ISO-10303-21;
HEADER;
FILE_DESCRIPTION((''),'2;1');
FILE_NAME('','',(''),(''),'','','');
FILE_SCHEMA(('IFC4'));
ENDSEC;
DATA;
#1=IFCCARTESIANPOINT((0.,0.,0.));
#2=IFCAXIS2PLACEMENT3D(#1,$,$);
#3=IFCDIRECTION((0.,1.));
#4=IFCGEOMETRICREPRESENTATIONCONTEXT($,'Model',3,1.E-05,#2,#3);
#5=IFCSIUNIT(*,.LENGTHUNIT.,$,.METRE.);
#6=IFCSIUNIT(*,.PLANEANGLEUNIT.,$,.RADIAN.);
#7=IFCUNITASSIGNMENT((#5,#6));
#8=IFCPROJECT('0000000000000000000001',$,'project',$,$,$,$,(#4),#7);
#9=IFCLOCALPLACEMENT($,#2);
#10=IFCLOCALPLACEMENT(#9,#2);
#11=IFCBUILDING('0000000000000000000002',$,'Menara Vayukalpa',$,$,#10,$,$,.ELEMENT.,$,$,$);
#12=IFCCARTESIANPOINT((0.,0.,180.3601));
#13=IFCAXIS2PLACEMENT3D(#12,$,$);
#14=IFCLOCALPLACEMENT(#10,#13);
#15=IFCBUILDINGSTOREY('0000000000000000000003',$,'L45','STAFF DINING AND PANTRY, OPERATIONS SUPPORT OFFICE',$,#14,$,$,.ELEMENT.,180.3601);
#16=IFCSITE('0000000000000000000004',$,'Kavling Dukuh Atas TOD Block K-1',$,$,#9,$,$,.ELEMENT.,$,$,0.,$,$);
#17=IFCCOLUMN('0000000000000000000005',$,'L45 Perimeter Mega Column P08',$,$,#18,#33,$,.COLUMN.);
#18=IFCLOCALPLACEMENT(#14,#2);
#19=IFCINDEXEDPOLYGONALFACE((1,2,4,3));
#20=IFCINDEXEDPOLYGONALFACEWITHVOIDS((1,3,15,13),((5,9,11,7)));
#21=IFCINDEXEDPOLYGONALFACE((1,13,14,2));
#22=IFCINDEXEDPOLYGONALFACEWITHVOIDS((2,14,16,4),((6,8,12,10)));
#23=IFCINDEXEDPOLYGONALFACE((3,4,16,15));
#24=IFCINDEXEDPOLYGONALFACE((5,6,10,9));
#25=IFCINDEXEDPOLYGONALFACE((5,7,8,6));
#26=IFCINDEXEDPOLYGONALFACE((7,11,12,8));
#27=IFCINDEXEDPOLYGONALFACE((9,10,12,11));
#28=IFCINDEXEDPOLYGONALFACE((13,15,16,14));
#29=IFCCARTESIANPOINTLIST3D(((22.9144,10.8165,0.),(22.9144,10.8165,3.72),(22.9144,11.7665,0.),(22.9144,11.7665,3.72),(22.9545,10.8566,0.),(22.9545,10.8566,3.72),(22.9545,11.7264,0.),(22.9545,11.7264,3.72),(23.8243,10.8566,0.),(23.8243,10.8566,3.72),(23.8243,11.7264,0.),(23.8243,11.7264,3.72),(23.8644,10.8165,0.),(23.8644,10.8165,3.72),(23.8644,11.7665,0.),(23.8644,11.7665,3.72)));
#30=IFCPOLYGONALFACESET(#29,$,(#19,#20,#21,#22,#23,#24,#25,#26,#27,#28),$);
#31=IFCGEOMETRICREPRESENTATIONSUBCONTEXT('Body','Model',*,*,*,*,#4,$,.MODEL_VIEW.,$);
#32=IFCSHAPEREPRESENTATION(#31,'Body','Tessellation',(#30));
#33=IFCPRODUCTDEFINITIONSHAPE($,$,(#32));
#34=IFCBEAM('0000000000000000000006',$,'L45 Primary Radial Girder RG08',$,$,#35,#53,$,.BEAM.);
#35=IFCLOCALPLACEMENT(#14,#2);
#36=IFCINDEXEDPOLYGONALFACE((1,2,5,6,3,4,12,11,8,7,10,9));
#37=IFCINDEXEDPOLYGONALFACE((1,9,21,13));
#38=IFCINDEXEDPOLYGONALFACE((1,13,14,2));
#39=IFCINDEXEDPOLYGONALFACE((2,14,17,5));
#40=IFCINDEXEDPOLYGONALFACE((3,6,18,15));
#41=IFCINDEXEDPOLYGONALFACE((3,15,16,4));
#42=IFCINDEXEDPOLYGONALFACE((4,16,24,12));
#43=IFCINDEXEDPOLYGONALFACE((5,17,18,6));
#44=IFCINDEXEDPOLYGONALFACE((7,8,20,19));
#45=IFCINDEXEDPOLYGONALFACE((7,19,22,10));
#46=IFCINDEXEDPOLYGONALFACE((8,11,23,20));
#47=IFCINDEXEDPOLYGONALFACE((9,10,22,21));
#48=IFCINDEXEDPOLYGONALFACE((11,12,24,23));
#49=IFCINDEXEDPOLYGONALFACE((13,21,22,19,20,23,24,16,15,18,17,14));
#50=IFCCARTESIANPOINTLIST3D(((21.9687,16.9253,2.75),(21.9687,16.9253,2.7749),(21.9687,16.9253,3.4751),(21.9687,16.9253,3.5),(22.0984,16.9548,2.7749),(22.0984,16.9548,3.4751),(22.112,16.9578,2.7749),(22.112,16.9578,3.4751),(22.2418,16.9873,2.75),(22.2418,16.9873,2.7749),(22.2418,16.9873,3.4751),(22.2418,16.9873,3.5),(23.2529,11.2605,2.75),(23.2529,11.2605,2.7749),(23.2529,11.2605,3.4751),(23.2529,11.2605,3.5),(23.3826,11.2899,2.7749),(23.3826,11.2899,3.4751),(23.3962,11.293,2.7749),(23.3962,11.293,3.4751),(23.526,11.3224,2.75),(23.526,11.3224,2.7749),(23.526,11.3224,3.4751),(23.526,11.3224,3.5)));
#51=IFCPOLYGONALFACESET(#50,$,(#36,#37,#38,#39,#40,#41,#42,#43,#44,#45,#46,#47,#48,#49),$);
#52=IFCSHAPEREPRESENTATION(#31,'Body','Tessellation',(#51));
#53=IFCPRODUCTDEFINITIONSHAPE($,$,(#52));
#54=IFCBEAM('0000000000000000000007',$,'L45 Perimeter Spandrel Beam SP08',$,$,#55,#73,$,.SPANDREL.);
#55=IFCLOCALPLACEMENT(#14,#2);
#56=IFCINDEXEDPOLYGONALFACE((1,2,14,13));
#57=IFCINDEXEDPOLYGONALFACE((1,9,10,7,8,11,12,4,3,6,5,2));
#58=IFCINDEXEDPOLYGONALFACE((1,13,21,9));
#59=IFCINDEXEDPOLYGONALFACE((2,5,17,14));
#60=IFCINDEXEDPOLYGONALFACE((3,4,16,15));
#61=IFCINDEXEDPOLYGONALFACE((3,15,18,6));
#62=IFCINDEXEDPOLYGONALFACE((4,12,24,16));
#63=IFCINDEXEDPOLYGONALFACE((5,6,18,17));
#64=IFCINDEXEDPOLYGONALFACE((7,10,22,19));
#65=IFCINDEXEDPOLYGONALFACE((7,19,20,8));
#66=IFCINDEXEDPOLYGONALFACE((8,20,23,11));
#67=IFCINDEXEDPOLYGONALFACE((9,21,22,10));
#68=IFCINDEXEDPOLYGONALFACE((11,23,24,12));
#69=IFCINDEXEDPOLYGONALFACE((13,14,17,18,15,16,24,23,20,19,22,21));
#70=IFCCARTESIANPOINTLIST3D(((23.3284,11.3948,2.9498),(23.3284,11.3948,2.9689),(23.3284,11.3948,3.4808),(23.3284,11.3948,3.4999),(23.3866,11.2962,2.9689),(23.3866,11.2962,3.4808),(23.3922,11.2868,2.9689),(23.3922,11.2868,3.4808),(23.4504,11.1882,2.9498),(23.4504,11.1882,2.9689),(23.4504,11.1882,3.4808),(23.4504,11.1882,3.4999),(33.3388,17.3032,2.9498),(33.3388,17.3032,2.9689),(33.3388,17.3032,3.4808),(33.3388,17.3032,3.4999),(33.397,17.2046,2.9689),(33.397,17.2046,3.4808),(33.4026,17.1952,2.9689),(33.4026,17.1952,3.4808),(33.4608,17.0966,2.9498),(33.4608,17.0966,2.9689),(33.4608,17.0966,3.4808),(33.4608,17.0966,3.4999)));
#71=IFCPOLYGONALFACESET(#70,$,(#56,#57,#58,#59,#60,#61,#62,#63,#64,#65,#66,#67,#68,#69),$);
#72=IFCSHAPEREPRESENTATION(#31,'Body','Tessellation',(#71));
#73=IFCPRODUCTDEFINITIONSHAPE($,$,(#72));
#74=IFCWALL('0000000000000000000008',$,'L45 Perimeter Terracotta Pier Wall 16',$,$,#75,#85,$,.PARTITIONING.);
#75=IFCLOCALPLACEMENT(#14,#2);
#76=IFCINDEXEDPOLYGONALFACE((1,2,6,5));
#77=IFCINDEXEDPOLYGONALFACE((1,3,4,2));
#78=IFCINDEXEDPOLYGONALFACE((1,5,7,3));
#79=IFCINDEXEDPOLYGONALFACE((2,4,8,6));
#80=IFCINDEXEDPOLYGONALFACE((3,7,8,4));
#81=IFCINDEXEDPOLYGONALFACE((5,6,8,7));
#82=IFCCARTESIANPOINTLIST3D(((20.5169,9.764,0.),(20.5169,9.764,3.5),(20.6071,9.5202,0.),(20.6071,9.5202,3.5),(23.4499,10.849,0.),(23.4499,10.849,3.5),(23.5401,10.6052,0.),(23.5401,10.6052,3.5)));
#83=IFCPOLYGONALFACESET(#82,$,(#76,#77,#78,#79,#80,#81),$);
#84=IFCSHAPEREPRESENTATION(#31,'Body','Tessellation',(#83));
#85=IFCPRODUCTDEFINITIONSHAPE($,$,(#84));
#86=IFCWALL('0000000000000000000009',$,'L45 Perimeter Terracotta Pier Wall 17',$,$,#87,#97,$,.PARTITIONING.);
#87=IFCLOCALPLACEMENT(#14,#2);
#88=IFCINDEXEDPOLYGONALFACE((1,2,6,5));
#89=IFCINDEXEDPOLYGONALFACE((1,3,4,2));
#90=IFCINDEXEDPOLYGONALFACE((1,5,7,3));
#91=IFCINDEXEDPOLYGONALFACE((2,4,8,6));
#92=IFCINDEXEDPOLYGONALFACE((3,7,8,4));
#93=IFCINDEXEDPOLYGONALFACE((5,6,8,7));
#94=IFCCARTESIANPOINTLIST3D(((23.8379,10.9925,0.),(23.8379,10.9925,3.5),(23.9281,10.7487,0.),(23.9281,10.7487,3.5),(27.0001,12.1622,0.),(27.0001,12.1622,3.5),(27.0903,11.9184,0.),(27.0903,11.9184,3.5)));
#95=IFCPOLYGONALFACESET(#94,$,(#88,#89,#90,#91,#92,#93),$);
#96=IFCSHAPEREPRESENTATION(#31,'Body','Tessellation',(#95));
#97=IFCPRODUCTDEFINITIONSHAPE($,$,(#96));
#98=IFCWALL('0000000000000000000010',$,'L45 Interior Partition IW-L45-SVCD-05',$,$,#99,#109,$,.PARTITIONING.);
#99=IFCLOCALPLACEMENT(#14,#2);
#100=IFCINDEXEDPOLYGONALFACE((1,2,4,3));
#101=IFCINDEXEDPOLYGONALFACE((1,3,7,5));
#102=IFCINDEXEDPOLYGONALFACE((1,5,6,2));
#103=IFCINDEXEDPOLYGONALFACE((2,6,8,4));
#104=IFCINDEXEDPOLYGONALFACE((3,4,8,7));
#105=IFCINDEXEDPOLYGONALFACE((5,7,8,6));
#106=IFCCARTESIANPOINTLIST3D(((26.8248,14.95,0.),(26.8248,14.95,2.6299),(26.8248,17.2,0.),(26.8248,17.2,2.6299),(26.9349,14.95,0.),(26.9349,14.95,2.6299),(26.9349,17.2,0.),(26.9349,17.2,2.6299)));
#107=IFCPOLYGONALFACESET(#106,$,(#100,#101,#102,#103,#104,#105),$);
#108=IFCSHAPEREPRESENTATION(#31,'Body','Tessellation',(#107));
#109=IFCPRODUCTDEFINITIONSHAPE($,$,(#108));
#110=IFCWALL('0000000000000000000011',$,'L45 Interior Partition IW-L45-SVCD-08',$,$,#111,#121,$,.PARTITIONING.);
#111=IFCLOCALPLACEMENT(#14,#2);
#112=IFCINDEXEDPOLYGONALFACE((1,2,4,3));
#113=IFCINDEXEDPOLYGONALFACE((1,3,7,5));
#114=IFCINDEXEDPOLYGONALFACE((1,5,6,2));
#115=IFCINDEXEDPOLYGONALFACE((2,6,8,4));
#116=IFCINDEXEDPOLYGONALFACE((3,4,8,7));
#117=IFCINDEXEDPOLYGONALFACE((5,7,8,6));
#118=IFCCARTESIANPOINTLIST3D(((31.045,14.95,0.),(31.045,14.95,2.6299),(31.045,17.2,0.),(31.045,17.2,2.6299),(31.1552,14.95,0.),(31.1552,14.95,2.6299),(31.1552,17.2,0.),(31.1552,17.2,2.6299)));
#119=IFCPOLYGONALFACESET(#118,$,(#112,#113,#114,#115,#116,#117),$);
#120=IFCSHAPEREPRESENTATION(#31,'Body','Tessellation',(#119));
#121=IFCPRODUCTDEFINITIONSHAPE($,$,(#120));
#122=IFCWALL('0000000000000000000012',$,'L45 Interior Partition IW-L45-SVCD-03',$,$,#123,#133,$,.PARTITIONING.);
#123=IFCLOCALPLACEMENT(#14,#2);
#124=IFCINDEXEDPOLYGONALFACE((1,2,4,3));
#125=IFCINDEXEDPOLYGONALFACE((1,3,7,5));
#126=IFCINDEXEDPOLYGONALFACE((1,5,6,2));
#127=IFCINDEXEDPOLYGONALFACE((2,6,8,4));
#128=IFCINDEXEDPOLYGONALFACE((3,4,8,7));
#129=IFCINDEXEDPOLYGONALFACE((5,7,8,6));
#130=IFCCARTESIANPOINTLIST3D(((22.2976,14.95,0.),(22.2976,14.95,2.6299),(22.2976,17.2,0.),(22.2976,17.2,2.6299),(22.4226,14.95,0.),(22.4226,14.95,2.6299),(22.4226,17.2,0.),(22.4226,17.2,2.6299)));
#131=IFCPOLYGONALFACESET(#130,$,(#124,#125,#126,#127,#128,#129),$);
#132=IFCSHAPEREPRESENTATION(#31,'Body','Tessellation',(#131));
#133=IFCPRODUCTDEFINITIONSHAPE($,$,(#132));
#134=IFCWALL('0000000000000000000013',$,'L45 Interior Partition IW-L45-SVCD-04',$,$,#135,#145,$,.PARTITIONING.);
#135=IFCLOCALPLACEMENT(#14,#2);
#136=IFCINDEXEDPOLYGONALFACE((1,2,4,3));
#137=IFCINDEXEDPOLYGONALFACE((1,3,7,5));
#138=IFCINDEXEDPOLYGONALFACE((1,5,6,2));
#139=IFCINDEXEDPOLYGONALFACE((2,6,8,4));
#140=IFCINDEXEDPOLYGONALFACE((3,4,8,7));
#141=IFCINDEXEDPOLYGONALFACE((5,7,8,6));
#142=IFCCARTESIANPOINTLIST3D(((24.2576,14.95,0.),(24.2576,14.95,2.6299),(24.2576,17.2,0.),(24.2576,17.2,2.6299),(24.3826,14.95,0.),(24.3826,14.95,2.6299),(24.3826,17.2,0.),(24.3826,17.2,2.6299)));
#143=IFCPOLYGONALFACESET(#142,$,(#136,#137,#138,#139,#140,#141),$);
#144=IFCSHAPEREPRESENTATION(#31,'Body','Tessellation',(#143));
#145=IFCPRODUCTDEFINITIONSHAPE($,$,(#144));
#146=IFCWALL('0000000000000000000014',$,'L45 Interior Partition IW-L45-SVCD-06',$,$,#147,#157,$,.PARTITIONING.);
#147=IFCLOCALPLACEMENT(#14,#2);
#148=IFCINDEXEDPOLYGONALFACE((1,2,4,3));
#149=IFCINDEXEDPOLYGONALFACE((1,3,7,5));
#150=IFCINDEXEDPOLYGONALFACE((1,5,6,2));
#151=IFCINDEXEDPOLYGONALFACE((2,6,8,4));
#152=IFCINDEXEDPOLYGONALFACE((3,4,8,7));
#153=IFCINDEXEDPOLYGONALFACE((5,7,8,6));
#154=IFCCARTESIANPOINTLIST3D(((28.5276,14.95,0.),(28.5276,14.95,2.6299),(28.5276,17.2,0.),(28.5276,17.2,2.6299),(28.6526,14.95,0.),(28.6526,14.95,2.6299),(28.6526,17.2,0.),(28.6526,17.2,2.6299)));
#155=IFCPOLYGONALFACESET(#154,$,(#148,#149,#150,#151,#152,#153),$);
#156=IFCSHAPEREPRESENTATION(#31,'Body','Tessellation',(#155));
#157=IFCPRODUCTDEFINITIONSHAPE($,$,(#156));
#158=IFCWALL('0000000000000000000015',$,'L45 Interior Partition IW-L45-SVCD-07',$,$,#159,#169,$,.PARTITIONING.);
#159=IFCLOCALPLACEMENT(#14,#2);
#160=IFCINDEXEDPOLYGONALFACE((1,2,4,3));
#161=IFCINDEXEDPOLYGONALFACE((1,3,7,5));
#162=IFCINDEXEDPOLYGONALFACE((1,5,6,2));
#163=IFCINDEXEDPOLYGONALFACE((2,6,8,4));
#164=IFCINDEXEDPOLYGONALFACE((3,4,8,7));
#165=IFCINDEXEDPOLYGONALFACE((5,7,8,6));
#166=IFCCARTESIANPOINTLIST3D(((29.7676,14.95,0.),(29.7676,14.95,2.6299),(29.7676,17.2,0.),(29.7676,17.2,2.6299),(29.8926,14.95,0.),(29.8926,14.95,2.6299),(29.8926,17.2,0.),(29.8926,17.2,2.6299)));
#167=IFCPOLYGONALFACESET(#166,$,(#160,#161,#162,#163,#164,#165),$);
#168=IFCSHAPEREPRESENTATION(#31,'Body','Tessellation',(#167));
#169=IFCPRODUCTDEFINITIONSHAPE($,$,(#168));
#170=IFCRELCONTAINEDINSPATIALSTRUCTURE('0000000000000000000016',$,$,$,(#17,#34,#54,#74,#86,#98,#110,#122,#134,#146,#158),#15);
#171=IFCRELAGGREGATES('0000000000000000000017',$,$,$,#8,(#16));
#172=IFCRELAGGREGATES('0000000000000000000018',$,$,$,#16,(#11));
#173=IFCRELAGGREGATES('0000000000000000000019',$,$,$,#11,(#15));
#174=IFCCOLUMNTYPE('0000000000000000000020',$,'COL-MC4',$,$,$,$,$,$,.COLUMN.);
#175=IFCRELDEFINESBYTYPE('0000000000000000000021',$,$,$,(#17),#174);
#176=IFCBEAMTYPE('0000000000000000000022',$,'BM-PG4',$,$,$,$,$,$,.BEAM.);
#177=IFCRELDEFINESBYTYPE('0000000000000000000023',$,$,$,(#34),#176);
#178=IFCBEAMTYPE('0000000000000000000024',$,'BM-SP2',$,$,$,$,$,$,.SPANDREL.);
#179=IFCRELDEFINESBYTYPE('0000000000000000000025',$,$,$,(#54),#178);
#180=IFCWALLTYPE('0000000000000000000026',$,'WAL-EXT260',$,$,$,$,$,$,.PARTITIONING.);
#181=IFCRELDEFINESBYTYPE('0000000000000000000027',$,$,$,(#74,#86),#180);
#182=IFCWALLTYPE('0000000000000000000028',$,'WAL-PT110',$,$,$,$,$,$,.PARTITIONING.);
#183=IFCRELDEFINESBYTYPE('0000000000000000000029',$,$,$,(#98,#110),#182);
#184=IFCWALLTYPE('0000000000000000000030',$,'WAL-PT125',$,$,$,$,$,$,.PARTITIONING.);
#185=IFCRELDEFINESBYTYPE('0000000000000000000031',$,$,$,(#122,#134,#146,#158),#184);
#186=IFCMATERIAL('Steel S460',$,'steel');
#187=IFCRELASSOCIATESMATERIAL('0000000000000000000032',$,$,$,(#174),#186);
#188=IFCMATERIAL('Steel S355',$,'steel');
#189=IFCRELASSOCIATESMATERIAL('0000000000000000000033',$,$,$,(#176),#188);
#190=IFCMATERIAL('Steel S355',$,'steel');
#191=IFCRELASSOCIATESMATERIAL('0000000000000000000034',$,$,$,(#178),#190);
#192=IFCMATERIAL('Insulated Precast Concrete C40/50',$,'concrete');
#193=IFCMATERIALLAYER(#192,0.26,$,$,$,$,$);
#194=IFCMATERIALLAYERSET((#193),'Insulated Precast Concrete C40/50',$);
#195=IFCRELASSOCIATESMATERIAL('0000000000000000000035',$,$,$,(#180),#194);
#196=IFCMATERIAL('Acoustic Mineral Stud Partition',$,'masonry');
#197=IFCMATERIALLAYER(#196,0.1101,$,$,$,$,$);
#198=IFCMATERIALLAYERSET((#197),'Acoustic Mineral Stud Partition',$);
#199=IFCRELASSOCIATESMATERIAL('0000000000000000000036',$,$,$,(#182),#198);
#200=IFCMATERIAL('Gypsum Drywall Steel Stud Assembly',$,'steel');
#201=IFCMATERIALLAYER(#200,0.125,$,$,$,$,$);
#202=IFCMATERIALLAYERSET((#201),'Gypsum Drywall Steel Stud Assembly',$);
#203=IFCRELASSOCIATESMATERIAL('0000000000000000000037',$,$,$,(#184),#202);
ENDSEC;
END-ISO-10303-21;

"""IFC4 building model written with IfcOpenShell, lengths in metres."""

from ifc_helpers import new_model, si_unit, direction, frame, frame_2d, origin, origin_2d, place, context, subcontext, project, spatial, rectangle, hollow_rectangle, i_section, extrude, material, layer, layer_set, material_profile, profile_set, type_object, element, save


model = new_model("IFC4")

# Units and contexts
model_context = context("Model", 3, precision=1e-05, world=origin(), true_north=direction((0.0, 1.0)))
body_context = subcontext(model_context, "Body", "Model", "MODEL_VIEW")
ifc_project = project(units=[si_unit("LENGTHUNIT", "METRE"), si_unit("PLANEANGLEUNIT", "RADIAN")], contexts=[model_context])

# Site, building, storey
site_placement = place(None, origin())
site = spatial("IfcSite", under=ifc_project, at=site_placement, Name="Kavling Dukuh Atas TOD Block K-1", CompositionType="ELEMENT", RefElevation=0.0)
building_placement = place(site_placement, origin())
building = spatial("IfcBuilding", under=site, at=building_placement, Name="Menara Vayukalpa", CompositionType="ELEMENT")
storey_placement = place(building_placement, frame((0.0, 0.0, 180.3601)))
storey = spatial("IfcBuildingStorey", under=building, at=storey_placement, Name="L45", Description="STAFF DINING AND PANTRY, OPERATIONS SUPPORT OFFICE", CompositionType="ELEMENT", Elevation=180.3601)

# Column
ifc_material_1 = material(Name="Steel S460", Category="steel")
ifc_material_profile_1 = material_profile(ifc_material_1, hollow_rectangle(XDim=0.95, YDim=0.95, WallThickness=0.04, at=origin_2d()), Name="BOX 950x950x40")
ifc_profile_set_1 = profile_set([ifc_material_profile_1], Name="Steel S460")
column_type = type_object("IfcColumnType", Name="COL-MC4", PredefinedType="COLUMN", material=ifc_profile_set_1)
column_placement = place(storey_placement, frame((23.3894, 11.2915, 0.0), z_axis=(0.0, 0.0, 1.0), x_axis=(1.0, 0.0, 0.0)))
element("IfcColumn", 1, at=column_placement, inside=storey, type_object=column_type, Name="L45 Perimeter Mega Column P08", PredefinedType="COLUMN", context=body_context, shape_type="SweptSolid", body=[
    extrude(hollow_rectangle(XDim=0.95, YDim=0.95, WallThickness=0.04, at=origin_2d()), origin(), (0.0, 0.0, 1.0), 3.72),
])

# Beams
ifc_material_2 = material(Name="Steel S355", Category="steel")
ifc_material_profile_2 = material_profile(ifc_material_2, i_section(OverallWidth=0.28, OverallDepth=0.75, WebThickness=0.0139, FlangeThickness=0.0249, at=origin_2d()), Name="WF 750x280x14x25")
ifc_profile_set_2 = profile_set([ifc_material_profile_2], Name="Steel S355")
beam_type_1 = type_object("IfcBeamType", Name="BM-PG4", PredefinedType="BEAM", material=ifc_profile_set_2)
beam_1_placement = place(storey_placement, frame((22.1052, 16.9563, 3.125), z_axis=(0.221085, -0.975255, 0.0), x_axis=(0.975255, 0.221085, 0.0)))
element("IfcBeam", 2, at=beam_1_placement, inside=storey, type_object=beam_type_1, Name="L45 Primary Radial Girder RG08", PredefinedType="BEAM", context=body_context, shape_type="SweptSolid", body=[
    extrude(i_section(OverallWidth=0.28, OverallDepth=0.75, WebThickness=0.0139, FlangeThickness=0.0249, at=origin_2d()), origin(), (0.0, 0.0, 1.0), 5.8086),
])
ifc_material_3 = material(Name="Steel S355", Category="steel")
ifc_material_profile_3 = material_profile(ifc_material_3, i_section(OverallWidth=0.24, OverallDepth=0.55, WebThickness=0.011, FlangeThickness=0.019, at=origin_2d()), Name="WF 550x240x11x19")
ifc_profile_set_3 = profile_set([ifc_material_profile_3], Name="Steel S355")
beam_type_2 = type_object("IfcBeamType", Name="BM-SP2", PredefinedType="SPANDREL", material=ifc_profile_set_3)
beam_2_placement = place(storey_placement, frame((23.3894, 11.2915, 3.2249), z_axis=(0.861184, 0.508293, 0.0), x_axis=(-0.508293, 0.861184, 0.0)))
element("IfcBeam", 3, at=beam_2_placement, inside=storey, type_object=beam_type_2, Name="L45 Perimeter Spandrel Beam SP08", PredefinedType="SPANDREL", context=body_context, shape_type="SweptSolid", body=[
    extrude(i_section(OverallWidth=0.24, OverallDepth=0.55, WebThickness=0.011, FlangeThickness=0.019, at=origin_2d()), origin(), (0.0, 0.0, 1.0), 11.624),
])

# Walls
ifc_material_4 = material(Name="Insulated Precast Concrete C40/50", Category="concrete")
ifc_layer_1 = layer(ifc_material_4, 0.26)
ifc_layer_set_1 = layer_set([ifc_layer_1], Name="Insulated Precast Concrete C40/50")
wall_type_1 = type_object("IfcWallType", Name="WAL-EXT260", PredefinedType="PARTITIONING", material=ifc_layer_set_1)
wall_1_placement = place(storey_placement, frame((23.4949, 10.7271, 0.0), z_axis=(0.0, 0.0, 1.0), x_axis=(-0.937882, -0.346953, 0.0)))
element("IfcWall", 4, at=wall_1_placement, inside=storey, type_object=wall_type_1, Name="L45 Perimeter Terracotta Pier Wall 16", PredefinedType="PARTITIONING", context=body_context, shape_type="SweptSolid", body=[
    extrude(rectangle(XDim=3.1272, YDim=0.26, at=frame_2d((1.5635, 0.0))), origin(), (0.0, 0.0, 1.0), 3.5),
])
wall_2_placement = place(storey_placement, frame((27.0452, 12.0403, 0.0), z_axis=(0.0, 0.0, 1.0), x_axis=(-0.937891, -0.34693, 0.0)))
element("IfcWall", 5, at=wall_2_placement, inside=storey, type_object=wall_type_1, Name="L45 Perimeter Terracotta Pier Wall 17", PredefinedType="PARTITIONING", context=body_context, shape_type="SweptSolid", body=[
    extrude(rectangle(XDim=3.3716, YDim=0.26, at=frame_2d((1.6858, 0.0))), origin(), (0.0, 0.0, 1.0), 3.5),
])
ifc_material_5 = material(Name="Acoustic Mineral Stud Partition", Category="masonry")
ifc_layer_2 = layer(ifc_material_5, 0.1101)
ifc_layer_set_2 = layer_set([ifc_layer_2], Name="Acoustic Mineral Stud Partition")
wall_type_2 = type_object("IfcWallType", Name="WAL-PT110", PredefinedType="PARTITIONING", material=ifc_layer_set_2)
for number, where, z_axis, x_axis, name in (
    (6, (26.8799, 14.95, 0.0), (0.0, 0.0, 1.0), (0.0, 1.0, 0.0), "L45 Interior Partition IW-L45-SVCD-05"),
    (7, (31.1001, 14.95, 0.0), (0.0, 0.0, 1.0), (0.0, 1.0, 0.0), "L45 Interior Partition IW-L45-SVCD-08"),
):
    element("IfcWall", number, at=place(storey_placement, frame(where, z_axis=z_axis, x_axis=x_axis)), inside=storey, type_object=wall_type_2, Name=name, PredefinedType="PARTITIONING", context=body_context, shape_type="SweptSolid", body=[
        extrude(rectangle(XDim=2.25, YDim=0.1101, at=frame_2d((1.125, 0.0))), origin(), (0.0, 0.0, 1.0), 2.6299),
    ])
ifc_material_6 = material(Name="Gypsum Drywall Steel Stud Assembly", Category="steel")
ifc_layer_3 = layer(ifc_material_6, 0.125)
ifc_layer_set_3 = layer_set([ifc_layer_3], Name="Gypsum Drywall Steel Stud Assembly")
wall_type_3 = type_object("IfcWallType", Name="WAL-PT125", PredefinedType="PARTITIONING", material=ifc_layer_set_3)
for number, where, z_axis, x_axis, name in (
    (8, (22.3601, 14.95, 0.0), (0.0, 0.0, 1.0), (0.0, 1.0, 0.0), "L45 Interior Partition IW-L45-SVCD-03"),
    (9, (24.3201, 14.95, 0.0), (0.0, 0.0, 1.0), (0.0, 1.0, 0.0), "L45 Interior Partition IW-L45-SVCD-04"),
    (10, (28.5901, 14.95, 0.0), (0.0, 0.0, 1.0), (0.0, 1.0, 0.0), "L45 Interior Partition IW-L45-SVCD-06"),
    (11, (29.8301, 14.95, 0.0), (0.0, 0.0, 1.0), (0.0, 1.0, 0.0), "L45 Interior Partition IW-L45-SVCD-07"),
):
    element("IfcWall", number, at=place(storey_placement, frame(where, z_axis=z_axis, x_axis=x_axis)), inside=storey, type_object=wall_type_3, Name=name, PredefinedType="PARTITIONING", context=body_context, shape_type="SweptSolid", body=[
        extrude(rectangle(XDim=2.25, YDim=0.125, at=frame_2d((1.125, 0.0))), origin(), (0.0, 0.0, 1.0), 2.6299),
    ])

save(model, "model.ifc")
